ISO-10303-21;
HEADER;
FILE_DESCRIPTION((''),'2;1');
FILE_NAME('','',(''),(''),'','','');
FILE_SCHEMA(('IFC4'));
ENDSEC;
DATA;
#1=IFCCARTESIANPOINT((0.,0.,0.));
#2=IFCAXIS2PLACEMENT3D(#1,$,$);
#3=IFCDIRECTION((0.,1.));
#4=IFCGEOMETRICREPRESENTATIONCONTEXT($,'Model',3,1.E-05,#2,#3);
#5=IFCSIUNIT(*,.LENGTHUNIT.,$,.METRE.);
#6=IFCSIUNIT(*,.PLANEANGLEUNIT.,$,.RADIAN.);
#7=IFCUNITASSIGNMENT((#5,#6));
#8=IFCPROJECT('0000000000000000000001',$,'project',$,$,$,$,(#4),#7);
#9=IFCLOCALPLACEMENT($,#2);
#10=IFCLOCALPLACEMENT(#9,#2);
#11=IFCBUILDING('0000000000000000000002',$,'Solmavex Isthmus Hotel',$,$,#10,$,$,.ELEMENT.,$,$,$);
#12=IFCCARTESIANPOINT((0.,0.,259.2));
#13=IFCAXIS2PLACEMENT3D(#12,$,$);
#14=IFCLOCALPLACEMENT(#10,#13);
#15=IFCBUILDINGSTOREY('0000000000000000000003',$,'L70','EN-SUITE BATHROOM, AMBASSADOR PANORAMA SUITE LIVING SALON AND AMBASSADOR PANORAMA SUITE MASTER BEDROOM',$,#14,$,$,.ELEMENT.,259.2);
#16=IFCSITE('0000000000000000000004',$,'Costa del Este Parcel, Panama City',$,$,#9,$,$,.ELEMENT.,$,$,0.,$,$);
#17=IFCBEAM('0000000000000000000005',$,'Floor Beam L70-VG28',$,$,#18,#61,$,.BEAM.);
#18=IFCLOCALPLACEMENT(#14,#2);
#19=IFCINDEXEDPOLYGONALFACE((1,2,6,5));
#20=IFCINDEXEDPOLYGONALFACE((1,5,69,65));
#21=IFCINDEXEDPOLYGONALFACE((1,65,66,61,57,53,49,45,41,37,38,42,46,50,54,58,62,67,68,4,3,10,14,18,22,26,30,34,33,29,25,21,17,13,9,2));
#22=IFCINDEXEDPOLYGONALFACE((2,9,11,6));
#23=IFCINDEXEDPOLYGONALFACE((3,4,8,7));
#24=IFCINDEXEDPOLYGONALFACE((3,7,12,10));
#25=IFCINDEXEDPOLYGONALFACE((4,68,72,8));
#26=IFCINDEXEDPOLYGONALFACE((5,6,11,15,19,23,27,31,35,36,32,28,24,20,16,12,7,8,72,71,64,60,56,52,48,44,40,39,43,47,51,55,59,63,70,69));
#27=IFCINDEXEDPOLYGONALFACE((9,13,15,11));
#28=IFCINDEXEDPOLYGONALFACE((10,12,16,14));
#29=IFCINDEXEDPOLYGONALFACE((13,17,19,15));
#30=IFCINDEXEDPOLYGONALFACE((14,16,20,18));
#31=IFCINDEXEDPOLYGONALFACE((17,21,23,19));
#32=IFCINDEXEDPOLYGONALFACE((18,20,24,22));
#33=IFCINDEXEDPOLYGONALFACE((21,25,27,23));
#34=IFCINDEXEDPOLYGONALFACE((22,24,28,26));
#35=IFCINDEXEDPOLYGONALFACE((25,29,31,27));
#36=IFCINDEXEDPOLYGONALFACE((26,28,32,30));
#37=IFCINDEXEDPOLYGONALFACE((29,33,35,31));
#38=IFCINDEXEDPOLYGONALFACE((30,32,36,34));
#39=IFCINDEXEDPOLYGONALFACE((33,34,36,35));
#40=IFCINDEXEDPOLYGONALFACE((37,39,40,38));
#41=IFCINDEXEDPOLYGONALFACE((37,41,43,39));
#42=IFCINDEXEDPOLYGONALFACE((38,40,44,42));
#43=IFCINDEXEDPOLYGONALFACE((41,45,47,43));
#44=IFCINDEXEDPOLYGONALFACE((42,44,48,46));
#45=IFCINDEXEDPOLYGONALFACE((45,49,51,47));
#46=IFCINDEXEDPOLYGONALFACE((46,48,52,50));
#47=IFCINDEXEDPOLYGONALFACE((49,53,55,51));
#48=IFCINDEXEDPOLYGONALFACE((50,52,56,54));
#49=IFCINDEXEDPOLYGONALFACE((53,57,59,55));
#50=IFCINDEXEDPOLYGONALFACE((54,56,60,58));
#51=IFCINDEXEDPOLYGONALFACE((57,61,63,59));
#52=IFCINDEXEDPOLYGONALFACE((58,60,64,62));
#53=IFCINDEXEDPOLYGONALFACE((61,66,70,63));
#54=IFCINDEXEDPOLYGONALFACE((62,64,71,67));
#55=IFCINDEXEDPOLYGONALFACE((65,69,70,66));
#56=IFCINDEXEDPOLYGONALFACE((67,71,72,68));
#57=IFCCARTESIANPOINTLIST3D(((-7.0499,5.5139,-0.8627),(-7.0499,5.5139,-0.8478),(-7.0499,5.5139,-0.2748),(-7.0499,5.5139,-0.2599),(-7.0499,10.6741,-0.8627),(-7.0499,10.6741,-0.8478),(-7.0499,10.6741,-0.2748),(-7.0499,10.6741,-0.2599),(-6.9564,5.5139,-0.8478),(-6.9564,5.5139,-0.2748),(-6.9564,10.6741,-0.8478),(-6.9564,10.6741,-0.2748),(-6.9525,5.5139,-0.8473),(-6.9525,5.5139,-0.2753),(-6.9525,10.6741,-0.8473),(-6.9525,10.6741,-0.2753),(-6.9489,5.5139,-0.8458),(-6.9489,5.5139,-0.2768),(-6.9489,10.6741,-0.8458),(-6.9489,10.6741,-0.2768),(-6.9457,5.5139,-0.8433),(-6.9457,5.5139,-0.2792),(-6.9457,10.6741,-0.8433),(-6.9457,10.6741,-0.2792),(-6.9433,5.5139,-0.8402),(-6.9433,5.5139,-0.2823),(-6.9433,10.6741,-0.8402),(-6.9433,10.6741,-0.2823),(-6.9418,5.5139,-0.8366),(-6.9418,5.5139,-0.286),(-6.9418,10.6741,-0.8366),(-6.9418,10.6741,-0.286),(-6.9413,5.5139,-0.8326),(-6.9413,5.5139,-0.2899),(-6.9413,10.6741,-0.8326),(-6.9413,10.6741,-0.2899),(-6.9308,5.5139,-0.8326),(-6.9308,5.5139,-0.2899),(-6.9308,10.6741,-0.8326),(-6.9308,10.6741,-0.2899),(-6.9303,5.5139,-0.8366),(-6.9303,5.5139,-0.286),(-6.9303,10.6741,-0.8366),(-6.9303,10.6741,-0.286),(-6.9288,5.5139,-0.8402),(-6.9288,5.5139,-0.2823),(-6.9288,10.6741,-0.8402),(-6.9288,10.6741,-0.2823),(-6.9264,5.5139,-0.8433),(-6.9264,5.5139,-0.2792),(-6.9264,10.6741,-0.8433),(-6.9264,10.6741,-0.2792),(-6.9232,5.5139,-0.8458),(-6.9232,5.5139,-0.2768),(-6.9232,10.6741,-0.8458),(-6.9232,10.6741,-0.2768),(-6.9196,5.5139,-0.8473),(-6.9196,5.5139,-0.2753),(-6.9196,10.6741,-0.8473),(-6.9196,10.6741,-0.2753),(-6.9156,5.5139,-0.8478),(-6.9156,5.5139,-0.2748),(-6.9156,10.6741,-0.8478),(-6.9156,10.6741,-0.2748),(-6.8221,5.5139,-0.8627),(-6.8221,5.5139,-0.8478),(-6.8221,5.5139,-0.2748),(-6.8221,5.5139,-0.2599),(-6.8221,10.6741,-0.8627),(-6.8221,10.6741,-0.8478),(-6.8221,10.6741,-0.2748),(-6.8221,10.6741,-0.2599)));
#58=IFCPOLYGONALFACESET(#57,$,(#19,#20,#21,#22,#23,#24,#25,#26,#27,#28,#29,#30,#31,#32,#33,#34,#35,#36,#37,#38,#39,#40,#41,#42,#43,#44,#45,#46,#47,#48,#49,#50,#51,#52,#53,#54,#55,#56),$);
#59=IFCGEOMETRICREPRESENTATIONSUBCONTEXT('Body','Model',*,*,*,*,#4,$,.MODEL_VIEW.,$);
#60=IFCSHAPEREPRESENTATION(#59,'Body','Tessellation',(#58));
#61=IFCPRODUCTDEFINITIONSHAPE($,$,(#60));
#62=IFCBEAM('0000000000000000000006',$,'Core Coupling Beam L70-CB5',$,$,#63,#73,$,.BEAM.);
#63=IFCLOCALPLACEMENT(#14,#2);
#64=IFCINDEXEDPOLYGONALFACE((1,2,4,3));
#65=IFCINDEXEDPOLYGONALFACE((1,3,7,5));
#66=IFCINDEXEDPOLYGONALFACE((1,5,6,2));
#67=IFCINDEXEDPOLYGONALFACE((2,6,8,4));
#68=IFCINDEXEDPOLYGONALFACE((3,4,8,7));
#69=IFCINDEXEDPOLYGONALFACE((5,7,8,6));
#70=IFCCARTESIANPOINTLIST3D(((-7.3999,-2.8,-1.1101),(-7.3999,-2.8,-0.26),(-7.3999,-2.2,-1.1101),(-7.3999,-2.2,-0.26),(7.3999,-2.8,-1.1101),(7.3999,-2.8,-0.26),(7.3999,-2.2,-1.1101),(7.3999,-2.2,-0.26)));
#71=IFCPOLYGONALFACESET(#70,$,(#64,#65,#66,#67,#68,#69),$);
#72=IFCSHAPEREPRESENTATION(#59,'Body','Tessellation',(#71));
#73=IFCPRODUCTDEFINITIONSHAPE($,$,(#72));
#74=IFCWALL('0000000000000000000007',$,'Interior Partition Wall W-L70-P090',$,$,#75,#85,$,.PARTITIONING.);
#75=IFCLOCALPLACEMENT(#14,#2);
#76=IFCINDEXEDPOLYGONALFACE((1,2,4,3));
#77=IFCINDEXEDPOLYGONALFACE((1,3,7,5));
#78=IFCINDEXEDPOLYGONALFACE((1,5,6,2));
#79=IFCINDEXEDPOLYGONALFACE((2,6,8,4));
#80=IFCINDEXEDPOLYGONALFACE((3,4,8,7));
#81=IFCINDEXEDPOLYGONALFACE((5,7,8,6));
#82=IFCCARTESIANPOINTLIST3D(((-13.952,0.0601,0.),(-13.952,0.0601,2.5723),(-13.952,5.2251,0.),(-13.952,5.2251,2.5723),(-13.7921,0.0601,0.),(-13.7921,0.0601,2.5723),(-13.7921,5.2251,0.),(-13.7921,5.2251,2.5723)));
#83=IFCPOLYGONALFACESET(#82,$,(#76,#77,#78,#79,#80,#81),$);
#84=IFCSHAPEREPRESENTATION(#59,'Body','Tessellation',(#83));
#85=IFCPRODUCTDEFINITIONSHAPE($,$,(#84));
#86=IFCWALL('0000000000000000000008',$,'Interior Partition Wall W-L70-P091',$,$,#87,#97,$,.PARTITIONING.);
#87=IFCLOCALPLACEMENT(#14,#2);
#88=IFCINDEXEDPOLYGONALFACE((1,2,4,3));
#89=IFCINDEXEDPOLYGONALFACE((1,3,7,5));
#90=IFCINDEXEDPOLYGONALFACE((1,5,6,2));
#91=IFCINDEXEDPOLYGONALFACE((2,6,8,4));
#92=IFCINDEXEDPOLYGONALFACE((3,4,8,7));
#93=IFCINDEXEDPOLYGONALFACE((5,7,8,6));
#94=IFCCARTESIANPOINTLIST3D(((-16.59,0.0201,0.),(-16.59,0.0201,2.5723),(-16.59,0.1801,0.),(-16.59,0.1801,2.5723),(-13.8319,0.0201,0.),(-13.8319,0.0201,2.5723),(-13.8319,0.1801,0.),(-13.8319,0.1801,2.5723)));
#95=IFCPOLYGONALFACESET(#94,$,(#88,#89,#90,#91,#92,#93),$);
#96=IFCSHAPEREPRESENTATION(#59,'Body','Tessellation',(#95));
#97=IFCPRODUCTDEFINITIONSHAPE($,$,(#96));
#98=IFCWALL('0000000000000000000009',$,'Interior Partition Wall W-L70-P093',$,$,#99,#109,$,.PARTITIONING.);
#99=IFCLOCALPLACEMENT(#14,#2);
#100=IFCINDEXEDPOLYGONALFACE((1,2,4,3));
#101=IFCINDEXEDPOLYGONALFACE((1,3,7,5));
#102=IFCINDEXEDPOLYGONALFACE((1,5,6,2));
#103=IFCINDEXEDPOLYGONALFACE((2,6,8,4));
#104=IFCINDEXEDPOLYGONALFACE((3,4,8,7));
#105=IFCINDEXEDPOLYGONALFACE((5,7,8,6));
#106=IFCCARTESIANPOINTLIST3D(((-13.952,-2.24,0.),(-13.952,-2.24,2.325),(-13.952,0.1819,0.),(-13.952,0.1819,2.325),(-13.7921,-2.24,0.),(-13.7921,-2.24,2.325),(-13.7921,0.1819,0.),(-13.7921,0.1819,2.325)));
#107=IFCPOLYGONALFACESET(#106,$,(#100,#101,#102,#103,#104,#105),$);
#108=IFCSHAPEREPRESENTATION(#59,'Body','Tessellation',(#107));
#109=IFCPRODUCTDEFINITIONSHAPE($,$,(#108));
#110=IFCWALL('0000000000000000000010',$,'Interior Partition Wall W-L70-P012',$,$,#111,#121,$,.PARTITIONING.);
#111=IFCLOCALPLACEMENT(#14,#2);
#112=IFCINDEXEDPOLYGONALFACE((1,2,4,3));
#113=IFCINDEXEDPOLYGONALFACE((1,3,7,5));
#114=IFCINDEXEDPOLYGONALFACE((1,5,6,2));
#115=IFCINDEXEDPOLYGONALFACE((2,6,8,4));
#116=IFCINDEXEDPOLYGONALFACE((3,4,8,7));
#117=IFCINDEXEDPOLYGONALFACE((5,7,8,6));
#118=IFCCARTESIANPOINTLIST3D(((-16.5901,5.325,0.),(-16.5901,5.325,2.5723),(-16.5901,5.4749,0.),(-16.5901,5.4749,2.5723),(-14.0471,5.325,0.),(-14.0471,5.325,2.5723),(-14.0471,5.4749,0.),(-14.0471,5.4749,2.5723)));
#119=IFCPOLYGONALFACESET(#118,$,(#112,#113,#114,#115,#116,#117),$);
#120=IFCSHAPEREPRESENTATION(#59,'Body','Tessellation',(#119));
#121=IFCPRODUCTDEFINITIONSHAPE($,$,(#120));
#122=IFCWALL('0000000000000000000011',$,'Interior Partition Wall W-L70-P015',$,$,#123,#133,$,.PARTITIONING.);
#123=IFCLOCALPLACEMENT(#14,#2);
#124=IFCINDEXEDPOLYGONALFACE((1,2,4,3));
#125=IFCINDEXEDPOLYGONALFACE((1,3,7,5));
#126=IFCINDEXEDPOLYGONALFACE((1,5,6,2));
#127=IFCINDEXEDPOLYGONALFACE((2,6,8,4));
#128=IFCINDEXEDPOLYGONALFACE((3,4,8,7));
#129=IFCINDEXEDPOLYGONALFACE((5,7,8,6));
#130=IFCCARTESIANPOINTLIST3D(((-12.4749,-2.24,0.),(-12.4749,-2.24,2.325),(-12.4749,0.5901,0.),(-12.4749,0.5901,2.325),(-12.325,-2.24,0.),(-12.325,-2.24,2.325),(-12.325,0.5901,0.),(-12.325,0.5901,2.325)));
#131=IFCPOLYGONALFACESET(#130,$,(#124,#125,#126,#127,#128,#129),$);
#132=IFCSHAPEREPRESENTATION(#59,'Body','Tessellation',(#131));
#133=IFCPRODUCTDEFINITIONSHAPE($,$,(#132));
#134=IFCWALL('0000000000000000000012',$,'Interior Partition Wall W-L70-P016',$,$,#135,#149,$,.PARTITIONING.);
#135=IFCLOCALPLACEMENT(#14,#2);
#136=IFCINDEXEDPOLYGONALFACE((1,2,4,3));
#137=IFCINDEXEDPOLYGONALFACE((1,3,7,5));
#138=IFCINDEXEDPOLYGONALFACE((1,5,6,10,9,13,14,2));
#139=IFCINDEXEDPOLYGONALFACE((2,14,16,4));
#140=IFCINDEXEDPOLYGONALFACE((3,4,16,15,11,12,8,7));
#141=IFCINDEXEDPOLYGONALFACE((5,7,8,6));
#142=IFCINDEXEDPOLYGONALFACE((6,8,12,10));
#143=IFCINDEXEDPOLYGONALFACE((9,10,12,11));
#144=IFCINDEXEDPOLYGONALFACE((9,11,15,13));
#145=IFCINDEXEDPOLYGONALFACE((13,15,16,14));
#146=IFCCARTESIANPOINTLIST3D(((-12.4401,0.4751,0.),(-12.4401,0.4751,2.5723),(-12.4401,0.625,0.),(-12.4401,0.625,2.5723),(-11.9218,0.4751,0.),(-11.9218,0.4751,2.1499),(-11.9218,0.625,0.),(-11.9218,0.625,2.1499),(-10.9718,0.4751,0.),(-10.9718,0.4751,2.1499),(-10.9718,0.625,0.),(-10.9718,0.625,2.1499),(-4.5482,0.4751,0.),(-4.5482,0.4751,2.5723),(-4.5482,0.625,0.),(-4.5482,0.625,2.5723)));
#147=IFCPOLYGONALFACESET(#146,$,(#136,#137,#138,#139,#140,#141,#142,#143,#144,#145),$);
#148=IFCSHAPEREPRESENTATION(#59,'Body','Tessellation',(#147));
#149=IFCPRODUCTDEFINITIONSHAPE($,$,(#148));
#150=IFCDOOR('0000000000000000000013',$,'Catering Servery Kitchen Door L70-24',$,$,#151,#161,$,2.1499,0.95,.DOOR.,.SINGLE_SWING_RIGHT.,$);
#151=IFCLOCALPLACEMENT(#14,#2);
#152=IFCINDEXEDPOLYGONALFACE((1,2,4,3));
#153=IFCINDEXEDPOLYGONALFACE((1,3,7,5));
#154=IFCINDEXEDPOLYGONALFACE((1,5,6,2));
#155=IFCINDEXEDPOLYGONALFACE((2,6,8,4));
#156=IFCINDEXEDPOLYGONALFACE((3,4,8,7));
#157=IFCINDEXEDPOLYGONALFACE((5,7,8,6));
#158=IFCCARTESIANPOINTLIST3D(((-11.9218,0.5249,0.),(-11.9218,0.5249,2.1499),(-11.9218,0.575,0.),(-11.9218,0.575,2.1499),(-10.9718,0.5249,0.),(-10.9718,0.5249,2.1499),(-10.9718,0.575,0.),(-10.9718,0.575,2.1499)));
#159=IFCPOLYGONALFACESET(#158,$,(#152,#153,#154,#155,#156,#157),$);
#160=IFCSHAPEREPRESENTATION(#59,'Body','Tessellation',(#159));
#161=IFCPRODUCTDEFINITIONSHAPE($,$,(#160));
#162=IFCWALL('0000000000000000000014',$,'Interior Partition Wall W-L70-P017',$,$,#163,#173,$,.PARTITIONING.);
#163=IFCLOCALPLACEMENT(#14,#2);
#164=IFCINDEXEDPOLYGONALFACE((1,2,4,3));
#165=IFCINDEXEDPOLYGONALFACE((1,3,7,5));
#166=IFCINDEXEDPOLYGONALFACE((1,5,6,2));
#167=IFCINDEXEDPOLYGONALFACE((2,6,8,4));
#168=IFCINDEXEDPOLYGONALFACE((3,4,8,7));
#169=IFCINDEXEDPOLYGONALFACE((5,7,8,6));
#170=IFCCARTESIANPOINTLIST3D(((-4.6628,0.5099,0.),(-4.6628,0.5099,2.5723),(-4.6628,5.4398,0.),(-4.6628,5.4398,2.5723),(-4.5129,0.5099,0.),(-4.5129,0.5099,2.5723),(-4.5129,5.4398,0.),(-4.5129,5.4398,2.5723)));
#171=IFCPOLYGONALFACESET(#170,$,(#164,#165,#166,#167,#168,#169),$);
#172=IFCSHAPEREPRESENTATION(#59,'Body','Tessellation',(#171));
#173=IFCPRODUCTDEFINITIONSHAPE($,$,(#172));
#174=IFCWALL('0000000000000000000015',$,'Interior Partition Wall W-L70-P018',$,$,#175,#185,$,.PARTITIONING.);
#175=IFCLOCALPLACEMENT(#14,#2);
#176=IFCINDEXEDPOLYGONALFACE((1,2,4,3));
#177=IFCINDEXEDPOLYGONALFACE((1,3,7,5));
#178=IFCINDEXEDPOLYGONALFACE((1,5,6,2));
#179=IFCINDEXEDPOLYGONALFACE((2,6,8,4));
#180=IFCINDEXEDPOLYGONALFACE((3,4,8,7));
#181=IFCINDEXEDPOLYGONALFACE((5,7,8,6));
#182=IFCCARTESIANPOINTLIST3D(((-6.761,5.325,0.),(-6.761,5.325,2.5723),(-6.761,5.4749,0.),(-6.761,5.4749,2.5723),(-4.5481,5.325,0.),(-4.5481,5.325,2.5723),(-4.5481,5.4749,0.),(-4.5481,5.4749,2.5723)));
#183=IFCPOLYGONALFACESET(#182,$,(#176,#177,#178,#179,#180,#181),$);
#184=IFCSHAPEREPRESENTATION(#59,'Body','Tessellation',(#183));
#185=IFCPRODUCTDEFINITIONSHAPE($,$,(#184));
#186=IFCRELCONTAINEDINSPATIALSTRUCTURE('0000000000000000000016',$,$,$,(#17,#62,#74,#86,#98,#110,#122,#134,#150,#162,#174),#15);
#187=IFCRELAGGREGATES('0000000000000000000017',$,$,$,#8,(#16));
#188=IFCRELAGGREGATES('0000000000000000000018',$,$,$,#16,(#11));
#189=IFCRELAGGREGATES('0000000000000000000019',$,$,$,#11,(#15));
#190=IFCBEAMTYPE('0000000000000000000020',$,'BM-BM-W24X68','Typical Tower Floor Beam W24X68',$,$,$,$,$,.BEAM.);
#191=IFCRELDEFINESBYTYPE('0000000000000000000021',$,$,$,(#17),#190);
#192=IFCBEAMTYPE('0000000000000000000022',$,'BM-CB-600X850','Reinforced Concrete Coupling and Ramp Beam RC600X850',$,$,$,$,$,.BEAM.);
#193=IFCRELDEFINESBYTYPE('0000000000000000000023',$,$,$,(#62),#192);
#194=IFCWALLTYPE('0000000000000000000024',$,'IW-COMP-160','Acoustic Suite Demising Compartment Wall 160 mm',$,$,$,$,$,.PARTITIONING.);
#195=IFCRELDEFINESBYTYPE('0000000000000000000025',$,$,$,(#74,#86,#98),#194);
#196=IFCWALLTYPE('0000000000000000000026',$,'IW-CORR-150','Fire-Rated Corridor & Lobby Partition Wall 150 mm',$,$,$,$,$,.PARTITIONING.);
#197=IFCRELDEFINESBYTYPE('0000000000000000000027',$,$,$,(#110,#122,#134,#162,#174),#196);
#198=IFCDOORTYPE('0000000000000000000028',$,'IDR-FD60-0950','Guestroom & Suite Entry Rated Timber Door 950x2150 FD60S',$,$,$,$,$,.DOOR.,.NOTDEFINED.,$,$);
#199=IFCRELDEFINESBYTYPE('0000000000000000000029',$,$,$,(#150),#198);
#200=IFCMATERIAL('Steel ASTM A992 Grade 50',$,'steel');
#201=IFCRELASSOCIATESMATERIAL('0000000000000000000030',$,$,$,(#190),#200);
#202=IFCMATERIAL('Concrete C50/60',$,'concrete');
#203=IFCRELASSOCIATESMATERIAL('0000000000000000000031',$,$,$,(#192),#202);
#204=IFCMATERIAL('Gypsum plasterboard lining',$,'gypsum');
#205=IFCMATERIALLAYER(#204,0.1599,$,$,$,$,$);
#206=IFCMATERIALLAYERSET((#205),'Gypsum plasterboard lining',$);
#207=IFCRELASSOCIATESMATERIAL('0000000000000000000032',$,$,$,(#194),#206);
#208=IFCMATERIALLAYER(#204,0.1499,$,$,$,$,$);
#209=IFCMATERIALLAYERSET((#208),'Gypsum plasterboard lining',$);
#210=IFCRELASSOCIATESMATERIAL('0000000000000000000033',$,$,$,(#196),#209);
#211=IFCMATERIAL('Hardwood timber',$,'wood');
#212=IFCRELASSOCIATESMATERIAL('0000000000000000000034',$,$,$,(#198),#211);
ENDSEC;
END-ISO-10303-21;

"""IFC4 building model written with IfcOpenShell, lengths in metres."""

from ifc_helpers import new_model, si_unit, direction, frame, frame_2d, origin, origin_2d, place, context, subcontext, project, spatial, rectangle, i_section, extrude, material, layer, layer_set, material_profile, profile_set, type_object, element, fill, save


model = new_model("IFC4")

# Units and contexts
model_context = context("Model", 3, precision=1e-05, world=origin(), true_north=direction((0.0, 1.0)))
body_context = subcontext(model_context, "Body", "Model", "MODEL_VIEW")
ifc_project = project(units=[si_unit("LENGTHUNIT", "METRE"), si_unit("PLANEANGLEUNIT", "RADIAN")], contexts=[model_context])

# Site, building, storey
site_placement = place(None, origin())
site = spatial("IfcSite", under=ifc_project, at=site_placement, Name="Costa del Este Parcel, Panama City", CompositionType="ELEMENT", RefElevation=0.0)
building_placement = place(site_placement, origin())
building = spatial("IfcBuilding", under=site, at=building_placement, Name="Solmavex Isthmus Hotel", CompositionType="ELEMENT")
storey_placement = place(building_placement, frame((0.0, 0.0, 259.2)))
storey = spatial("IfcBuildingStorey", under=building, at=storey_placement, Name="L70", Description="EN-SUITE BATHROOM, AMBASSADOR PANORAMA SUITE LIVING SALON AND AMBASSADOR PANORAMA SUITE MASTER BEDROOM", CompositionType="ELEMENT", Elevation=259.2)

# Shared definitions
ifc_material_1 = material(Name="Concrete C50/60", Category="concrete")

# Beams
ifc_material_2 = material(Name="Steel ASTM A992 Grade 50", Category="steel")
ifc_material_profile_1 = material_profile(ifc_material_2, i_section(OverallWidth=0.2278, OverallDepth=0.6028, WebThickness=0.0105, FlangeThickness=0.0149, FilletRadius=0.0151, at=origin_2d()), Name="W24X68")
ifc_profile_set_1 = profile_set([ifc_material_profile_1], Name="Steel ASTM A992 Grade 50")
beam_type_1 = type_object("IfcBeamType", Name="BM-BM-W24X68", Description="Typical Tower Floor Beam W24X68", PredefinedType="BEAM", material=ifc_profile_set_1)
beam_1_placement = place(storey_placement, frame((-6.936, 5.5139, -0.5613), z_axis=(0.0, 1.0, 0.0), x_axis=(-1.0, 0.0, 0.0)))
element("IfcBeam", 1, at=beam_1_placement, inside=storey, type_object=beam_type_1, Name="Floor Beam L70-VG28", PredefinedType="BEAM", context=body_context, shape_type="SweptSolid", body=[
    extrude(i_section(OverallWidth=0.2278, OverallDepth=0.6028, WebThickness=0.0105, FlangeThickness=0.0149, FilletRadius=0.0151, at=origin_2d()), origin(), (0.0, 0.0, 1.0), 5.1602),
])
ifc_material_profile_2 = material_profile(ifc_material_1, rectangle(XDim=0.6001, YDim=0.8501, at=origin_2d()), Name="RC600X850")
ifc_profile_set_2 = profile_set([ifc_material_profile_2], Name="Concrete C50/60")
beam_type_2 = type_object("IfcBeamType", Name="BM-CB-600X850", Description="Reinforced Concrete Coupling and Ramp Beam RC600X850", PredefinedType="BEAM", material=ifc_profile_set_2)
beam_2_placement = place(storey_placement, frame((-7.3999, -2.5, -0.6851), z_axis=(1.0, 0.0, 0.0), x_axis=(0.0, 1.0, 0.0)))
element("IfcBeam", 2, at=beam_2_placement, inside=storey, type_object=beam_type_2, Name="Core Coupling Beam L70-CB5", PredefinedType="BEAM", context=body_context, shape_type="SweptSolid", body=[
    extrude(rectangle(XDim=0.6001, YDim=0.8501, at=origin_2d()), origin(), (0.0, 0.0, 1.0), 14.7998),
])

# Walls
ifc_material_3 = material(Name="Gypsum plasterboard lining", Category="gypsum")
ifc_layer_1 = layer(ifc_material_3, 0.1599)
ifc_layer_set_1 = layer_set([ifc_layer_1], Name="Gypsum plasterboard lining")
wall_type_1 = type_object("IfcWallType", Name="IW-COMP-160", Description="Acoustic Suite Demising Compartment Wall 160 mm", PredefinedType="PARTITIONING", material=ifc_layer_set_1)
wall_1_placement = place(storey_placement, frame((-13.8721, 5.2251, 0.0), z_axis=(0.0, 0.0, 1.0), x_axis=(0.0, -1.0, 0.0)))
element("IfcWall", 3, at=wall_1_placement, inside=storey, type_object=wall_type_1, Name="Interior Partition Wall W-L70-P090", PredefinedType="PARTITIONING", context=body_context, shape_type="SweptSolid", body=[
    extrude(rectangle(XDim=5.165, YDim=0.1599, at=frame_2d((2.5825, 0.0))), origin(), (0.0, 0.0, 1.0), 2.5723),
])
wall_2_placement = place(storey_placement, frame((-13.832, 0.1001, 0.0), z_axis=(0.0, 0.0, 1.0), x_axis=(-1.0, 0.0, 0.0)))
element("IfcWall", 4, at=wall_2_placement, inside=storey, type_object=wall_type_1, Name="Interior Partition Wall W-L70-P091", PredefinedType="PARTITIONING", context=body_context, shape_type="SweptSolid", body=[
    extrude(rectangle(XDim=2.7581, YDim=0.1599, at=frame_2d((1.3789, 0.0))), origin(), (0.0, 0.0, 1.0), 2.5723),
])
wall_3_placement = place(storey_placement, frame((-13.8721, -2.24, 0.0), z_axis=(0.0, 0.0, 1.0), x_axis=(0.0, 1.0, 0.0)))
element("IfcWall", 5, at=wall_3_placement, inside=storey, type_object=wall_type_1, Name="Interior Partition Wall W-L70-P093", PredefinedType="PARTITIONING", context=body_context, shape_type="SweptSolid", body=[
    extrude(rectangle(XDim=2.4219, YDim=0.1599, at=frame_2d((1.2109, 0.0))), origin(), (0.0, 0.0, 1.0), 2.325),
])
ifc_layer_2 = layer(ifc_material_3, 0.1499)
ifc_layer_set_2 = layer_set([ifc_layer_2], Name="Gypsum plasterboard lining")
wall_type_2 = type_object("IfcWallType", Name="IW-CORR-150", Description="Fire-Rated Corridor & Lobby Partition Wall 150 mm", PredefinedType="PARTITIONING", material=ifc_layer_set_2)
wall_4_placement = place(storey_placement, frame((-14.0471, 5.3999, 0.0), z_axis=(0.0, 0.0, 1.0), x_axis=(-1.0, 0.0, 0.0)))
element("IfcWall", 6, at=wall_4_placement, inside=storey, type_object=wall_type_2, Name="Interior Partition Wall W-L70-P012", PredefinedType="PARTITIONING", context=body_context, shape_type="SweptSolid", body=[
    extrude(rectangle(XDim=2.543, YDim=0.1499, at=frame_2d((1.2715, 0.0))), origin(), (0.0, 0.0, 1.0), 2.5723),
])
wall_5_placement = place(storey_placement, frame((-12.3999, -2.24, 0.0), z_axis=(0.0, 0.0, 1.0), x_axis=(0.0, 1.0, 0.0)))
element("IfcWall", 7, at=wall_5_placement, inside=storey, type_object=wall_type_2, Name="Interior Partition Wall W-L70-P015", PredefinedType="PARTITIONING", context=body_context, shape_type="SweptSolid", body=[
    extrude(rectangle(XDim=2.8301, YDim=0.1499, at=frame_2d((1.415, 0.0))), origin(), (0.0, 0.0, 1.0), 2.325),
])

# Wall, opening, door
wall_6_placement = place(storey_placement, frame((-12.4399, 0.55, 0.0), z_axis=(0.0, 0.0, 1.0), x_axis=(1.0, 0.0, 0.0)))
wall_6 = element("IfcWall", 8, at=wall_6_placement, inside=storey, type_object=wall_type_2, Name="Interior Partition Wall W-L70-P016", PredefinedType="PARTITIONING", context=body_context, shape_type="SweptSolid", body=[
    extrude(rectangle(XDim=7.8918, YDim=0.1499, at=frame_2d((3.9458, 0.0))), origin(), (0.0, 0.0, 1.0), 2.5723),
])
opening_1_placement = place(wall_6_placement, frame((0.5181, 0.0, 0.0)))
opening_1 = element("IfcOpeningElement", 9, at=opening_1_placement, cuts=wall_6, PredefinedType="OPENING", context=body_context, shape_type="SweptSolid", body=[
    extrude(rectangle(XDim=0.95, YDim=2.1499, at=frame_2d((0.4751, 1.075))), frame((0.0, 0.085, 0.0), z_axis=(0.0, -1.0, 0.0), x_axis=(1.0, 0.0, 0.0)), (0.0, 0.0, 1.0), 0.1699),
])
ifc_material_4 = material(Name="Hardwood timber", Category="wood")
door_type = type_object("IfcDoorType", Name="IDR-FD60-0950", Description="Guestroom & Suite Entry Rated Timber Door 950x2150 FD60S", OperationType="NOTDEFINED", PredefinedType="DOOR", material=ifc_material_4)
door_1_placement = place(opening_1_placement, origin())
door_1 = element("IfcDoor", 10, at=door_1_placement, inside=storey, type_object=door_type, Name="Catering Servery Kitchen Door L70-24", OperationType="SINGLE_SWING_RIGHT", OverallHeight=2.1499, OverallWidth=0.95, PredefinedType="DOOR", context=body_context, shape_type="SweptSolid", body=[
    extrude(rectangle(XDim=0.95, YDim=2.1499, at=frame_2d((0.4751, 1.075))), frame((0.0, 0.0249, 0.0), z_axis=(0.0, -1.0, 0.0), x_axis=(1.0, 0.0, 0.0)), (0.0, 0.0, 1.0), 0.05),
])
fill(opening_1, door_1)

# Walls
wall_7_placement = place(storey_placement, frame((-4.5879, 0.51, 0.0), z_axis=(0.0, 0.0, 1.0), x_axis=(0.0, 1.0, 0.0)))
element("IfcWall", 11, at=wall_7_placement, inside=storey, type_object=wall_type_2, Name="Interior Partition Wall W-L70-P017", PredefinedType="PARTITIONING", context=body_context, shape_type="SweptSolid", body=[
    extrude(rectangle(XDim=4.9299, YDim=0.1499, at=frame_2d((2.4648, 0.0))), origin(), (0.0, 0.0, 1.0), 2.5723),
])
wall_8_placement = place(storey_placement, frame((-4.5481, 5.3999, 0.0), z_axis=(0.0, 0.0, 1.0), x_axis=(-1.0, 0.0, 0.0)))
element("IfcWall", 12, at=wall_8_placement, inside=storey, type_object=wall_type_2, Name="Interior Partition Wall W-L70-P018", PredefinedType="PARTITIONING", context=body_context, shape_type="SweptSolid", body=[
    extrude(rectangle(XDim=2.2129, YDim=0.1499, at=frame_2d((1.1064, 0.0))), origin(), (0.0, 0.0, 1.0), 2.5723),
])

save(model, "model.ifc")
